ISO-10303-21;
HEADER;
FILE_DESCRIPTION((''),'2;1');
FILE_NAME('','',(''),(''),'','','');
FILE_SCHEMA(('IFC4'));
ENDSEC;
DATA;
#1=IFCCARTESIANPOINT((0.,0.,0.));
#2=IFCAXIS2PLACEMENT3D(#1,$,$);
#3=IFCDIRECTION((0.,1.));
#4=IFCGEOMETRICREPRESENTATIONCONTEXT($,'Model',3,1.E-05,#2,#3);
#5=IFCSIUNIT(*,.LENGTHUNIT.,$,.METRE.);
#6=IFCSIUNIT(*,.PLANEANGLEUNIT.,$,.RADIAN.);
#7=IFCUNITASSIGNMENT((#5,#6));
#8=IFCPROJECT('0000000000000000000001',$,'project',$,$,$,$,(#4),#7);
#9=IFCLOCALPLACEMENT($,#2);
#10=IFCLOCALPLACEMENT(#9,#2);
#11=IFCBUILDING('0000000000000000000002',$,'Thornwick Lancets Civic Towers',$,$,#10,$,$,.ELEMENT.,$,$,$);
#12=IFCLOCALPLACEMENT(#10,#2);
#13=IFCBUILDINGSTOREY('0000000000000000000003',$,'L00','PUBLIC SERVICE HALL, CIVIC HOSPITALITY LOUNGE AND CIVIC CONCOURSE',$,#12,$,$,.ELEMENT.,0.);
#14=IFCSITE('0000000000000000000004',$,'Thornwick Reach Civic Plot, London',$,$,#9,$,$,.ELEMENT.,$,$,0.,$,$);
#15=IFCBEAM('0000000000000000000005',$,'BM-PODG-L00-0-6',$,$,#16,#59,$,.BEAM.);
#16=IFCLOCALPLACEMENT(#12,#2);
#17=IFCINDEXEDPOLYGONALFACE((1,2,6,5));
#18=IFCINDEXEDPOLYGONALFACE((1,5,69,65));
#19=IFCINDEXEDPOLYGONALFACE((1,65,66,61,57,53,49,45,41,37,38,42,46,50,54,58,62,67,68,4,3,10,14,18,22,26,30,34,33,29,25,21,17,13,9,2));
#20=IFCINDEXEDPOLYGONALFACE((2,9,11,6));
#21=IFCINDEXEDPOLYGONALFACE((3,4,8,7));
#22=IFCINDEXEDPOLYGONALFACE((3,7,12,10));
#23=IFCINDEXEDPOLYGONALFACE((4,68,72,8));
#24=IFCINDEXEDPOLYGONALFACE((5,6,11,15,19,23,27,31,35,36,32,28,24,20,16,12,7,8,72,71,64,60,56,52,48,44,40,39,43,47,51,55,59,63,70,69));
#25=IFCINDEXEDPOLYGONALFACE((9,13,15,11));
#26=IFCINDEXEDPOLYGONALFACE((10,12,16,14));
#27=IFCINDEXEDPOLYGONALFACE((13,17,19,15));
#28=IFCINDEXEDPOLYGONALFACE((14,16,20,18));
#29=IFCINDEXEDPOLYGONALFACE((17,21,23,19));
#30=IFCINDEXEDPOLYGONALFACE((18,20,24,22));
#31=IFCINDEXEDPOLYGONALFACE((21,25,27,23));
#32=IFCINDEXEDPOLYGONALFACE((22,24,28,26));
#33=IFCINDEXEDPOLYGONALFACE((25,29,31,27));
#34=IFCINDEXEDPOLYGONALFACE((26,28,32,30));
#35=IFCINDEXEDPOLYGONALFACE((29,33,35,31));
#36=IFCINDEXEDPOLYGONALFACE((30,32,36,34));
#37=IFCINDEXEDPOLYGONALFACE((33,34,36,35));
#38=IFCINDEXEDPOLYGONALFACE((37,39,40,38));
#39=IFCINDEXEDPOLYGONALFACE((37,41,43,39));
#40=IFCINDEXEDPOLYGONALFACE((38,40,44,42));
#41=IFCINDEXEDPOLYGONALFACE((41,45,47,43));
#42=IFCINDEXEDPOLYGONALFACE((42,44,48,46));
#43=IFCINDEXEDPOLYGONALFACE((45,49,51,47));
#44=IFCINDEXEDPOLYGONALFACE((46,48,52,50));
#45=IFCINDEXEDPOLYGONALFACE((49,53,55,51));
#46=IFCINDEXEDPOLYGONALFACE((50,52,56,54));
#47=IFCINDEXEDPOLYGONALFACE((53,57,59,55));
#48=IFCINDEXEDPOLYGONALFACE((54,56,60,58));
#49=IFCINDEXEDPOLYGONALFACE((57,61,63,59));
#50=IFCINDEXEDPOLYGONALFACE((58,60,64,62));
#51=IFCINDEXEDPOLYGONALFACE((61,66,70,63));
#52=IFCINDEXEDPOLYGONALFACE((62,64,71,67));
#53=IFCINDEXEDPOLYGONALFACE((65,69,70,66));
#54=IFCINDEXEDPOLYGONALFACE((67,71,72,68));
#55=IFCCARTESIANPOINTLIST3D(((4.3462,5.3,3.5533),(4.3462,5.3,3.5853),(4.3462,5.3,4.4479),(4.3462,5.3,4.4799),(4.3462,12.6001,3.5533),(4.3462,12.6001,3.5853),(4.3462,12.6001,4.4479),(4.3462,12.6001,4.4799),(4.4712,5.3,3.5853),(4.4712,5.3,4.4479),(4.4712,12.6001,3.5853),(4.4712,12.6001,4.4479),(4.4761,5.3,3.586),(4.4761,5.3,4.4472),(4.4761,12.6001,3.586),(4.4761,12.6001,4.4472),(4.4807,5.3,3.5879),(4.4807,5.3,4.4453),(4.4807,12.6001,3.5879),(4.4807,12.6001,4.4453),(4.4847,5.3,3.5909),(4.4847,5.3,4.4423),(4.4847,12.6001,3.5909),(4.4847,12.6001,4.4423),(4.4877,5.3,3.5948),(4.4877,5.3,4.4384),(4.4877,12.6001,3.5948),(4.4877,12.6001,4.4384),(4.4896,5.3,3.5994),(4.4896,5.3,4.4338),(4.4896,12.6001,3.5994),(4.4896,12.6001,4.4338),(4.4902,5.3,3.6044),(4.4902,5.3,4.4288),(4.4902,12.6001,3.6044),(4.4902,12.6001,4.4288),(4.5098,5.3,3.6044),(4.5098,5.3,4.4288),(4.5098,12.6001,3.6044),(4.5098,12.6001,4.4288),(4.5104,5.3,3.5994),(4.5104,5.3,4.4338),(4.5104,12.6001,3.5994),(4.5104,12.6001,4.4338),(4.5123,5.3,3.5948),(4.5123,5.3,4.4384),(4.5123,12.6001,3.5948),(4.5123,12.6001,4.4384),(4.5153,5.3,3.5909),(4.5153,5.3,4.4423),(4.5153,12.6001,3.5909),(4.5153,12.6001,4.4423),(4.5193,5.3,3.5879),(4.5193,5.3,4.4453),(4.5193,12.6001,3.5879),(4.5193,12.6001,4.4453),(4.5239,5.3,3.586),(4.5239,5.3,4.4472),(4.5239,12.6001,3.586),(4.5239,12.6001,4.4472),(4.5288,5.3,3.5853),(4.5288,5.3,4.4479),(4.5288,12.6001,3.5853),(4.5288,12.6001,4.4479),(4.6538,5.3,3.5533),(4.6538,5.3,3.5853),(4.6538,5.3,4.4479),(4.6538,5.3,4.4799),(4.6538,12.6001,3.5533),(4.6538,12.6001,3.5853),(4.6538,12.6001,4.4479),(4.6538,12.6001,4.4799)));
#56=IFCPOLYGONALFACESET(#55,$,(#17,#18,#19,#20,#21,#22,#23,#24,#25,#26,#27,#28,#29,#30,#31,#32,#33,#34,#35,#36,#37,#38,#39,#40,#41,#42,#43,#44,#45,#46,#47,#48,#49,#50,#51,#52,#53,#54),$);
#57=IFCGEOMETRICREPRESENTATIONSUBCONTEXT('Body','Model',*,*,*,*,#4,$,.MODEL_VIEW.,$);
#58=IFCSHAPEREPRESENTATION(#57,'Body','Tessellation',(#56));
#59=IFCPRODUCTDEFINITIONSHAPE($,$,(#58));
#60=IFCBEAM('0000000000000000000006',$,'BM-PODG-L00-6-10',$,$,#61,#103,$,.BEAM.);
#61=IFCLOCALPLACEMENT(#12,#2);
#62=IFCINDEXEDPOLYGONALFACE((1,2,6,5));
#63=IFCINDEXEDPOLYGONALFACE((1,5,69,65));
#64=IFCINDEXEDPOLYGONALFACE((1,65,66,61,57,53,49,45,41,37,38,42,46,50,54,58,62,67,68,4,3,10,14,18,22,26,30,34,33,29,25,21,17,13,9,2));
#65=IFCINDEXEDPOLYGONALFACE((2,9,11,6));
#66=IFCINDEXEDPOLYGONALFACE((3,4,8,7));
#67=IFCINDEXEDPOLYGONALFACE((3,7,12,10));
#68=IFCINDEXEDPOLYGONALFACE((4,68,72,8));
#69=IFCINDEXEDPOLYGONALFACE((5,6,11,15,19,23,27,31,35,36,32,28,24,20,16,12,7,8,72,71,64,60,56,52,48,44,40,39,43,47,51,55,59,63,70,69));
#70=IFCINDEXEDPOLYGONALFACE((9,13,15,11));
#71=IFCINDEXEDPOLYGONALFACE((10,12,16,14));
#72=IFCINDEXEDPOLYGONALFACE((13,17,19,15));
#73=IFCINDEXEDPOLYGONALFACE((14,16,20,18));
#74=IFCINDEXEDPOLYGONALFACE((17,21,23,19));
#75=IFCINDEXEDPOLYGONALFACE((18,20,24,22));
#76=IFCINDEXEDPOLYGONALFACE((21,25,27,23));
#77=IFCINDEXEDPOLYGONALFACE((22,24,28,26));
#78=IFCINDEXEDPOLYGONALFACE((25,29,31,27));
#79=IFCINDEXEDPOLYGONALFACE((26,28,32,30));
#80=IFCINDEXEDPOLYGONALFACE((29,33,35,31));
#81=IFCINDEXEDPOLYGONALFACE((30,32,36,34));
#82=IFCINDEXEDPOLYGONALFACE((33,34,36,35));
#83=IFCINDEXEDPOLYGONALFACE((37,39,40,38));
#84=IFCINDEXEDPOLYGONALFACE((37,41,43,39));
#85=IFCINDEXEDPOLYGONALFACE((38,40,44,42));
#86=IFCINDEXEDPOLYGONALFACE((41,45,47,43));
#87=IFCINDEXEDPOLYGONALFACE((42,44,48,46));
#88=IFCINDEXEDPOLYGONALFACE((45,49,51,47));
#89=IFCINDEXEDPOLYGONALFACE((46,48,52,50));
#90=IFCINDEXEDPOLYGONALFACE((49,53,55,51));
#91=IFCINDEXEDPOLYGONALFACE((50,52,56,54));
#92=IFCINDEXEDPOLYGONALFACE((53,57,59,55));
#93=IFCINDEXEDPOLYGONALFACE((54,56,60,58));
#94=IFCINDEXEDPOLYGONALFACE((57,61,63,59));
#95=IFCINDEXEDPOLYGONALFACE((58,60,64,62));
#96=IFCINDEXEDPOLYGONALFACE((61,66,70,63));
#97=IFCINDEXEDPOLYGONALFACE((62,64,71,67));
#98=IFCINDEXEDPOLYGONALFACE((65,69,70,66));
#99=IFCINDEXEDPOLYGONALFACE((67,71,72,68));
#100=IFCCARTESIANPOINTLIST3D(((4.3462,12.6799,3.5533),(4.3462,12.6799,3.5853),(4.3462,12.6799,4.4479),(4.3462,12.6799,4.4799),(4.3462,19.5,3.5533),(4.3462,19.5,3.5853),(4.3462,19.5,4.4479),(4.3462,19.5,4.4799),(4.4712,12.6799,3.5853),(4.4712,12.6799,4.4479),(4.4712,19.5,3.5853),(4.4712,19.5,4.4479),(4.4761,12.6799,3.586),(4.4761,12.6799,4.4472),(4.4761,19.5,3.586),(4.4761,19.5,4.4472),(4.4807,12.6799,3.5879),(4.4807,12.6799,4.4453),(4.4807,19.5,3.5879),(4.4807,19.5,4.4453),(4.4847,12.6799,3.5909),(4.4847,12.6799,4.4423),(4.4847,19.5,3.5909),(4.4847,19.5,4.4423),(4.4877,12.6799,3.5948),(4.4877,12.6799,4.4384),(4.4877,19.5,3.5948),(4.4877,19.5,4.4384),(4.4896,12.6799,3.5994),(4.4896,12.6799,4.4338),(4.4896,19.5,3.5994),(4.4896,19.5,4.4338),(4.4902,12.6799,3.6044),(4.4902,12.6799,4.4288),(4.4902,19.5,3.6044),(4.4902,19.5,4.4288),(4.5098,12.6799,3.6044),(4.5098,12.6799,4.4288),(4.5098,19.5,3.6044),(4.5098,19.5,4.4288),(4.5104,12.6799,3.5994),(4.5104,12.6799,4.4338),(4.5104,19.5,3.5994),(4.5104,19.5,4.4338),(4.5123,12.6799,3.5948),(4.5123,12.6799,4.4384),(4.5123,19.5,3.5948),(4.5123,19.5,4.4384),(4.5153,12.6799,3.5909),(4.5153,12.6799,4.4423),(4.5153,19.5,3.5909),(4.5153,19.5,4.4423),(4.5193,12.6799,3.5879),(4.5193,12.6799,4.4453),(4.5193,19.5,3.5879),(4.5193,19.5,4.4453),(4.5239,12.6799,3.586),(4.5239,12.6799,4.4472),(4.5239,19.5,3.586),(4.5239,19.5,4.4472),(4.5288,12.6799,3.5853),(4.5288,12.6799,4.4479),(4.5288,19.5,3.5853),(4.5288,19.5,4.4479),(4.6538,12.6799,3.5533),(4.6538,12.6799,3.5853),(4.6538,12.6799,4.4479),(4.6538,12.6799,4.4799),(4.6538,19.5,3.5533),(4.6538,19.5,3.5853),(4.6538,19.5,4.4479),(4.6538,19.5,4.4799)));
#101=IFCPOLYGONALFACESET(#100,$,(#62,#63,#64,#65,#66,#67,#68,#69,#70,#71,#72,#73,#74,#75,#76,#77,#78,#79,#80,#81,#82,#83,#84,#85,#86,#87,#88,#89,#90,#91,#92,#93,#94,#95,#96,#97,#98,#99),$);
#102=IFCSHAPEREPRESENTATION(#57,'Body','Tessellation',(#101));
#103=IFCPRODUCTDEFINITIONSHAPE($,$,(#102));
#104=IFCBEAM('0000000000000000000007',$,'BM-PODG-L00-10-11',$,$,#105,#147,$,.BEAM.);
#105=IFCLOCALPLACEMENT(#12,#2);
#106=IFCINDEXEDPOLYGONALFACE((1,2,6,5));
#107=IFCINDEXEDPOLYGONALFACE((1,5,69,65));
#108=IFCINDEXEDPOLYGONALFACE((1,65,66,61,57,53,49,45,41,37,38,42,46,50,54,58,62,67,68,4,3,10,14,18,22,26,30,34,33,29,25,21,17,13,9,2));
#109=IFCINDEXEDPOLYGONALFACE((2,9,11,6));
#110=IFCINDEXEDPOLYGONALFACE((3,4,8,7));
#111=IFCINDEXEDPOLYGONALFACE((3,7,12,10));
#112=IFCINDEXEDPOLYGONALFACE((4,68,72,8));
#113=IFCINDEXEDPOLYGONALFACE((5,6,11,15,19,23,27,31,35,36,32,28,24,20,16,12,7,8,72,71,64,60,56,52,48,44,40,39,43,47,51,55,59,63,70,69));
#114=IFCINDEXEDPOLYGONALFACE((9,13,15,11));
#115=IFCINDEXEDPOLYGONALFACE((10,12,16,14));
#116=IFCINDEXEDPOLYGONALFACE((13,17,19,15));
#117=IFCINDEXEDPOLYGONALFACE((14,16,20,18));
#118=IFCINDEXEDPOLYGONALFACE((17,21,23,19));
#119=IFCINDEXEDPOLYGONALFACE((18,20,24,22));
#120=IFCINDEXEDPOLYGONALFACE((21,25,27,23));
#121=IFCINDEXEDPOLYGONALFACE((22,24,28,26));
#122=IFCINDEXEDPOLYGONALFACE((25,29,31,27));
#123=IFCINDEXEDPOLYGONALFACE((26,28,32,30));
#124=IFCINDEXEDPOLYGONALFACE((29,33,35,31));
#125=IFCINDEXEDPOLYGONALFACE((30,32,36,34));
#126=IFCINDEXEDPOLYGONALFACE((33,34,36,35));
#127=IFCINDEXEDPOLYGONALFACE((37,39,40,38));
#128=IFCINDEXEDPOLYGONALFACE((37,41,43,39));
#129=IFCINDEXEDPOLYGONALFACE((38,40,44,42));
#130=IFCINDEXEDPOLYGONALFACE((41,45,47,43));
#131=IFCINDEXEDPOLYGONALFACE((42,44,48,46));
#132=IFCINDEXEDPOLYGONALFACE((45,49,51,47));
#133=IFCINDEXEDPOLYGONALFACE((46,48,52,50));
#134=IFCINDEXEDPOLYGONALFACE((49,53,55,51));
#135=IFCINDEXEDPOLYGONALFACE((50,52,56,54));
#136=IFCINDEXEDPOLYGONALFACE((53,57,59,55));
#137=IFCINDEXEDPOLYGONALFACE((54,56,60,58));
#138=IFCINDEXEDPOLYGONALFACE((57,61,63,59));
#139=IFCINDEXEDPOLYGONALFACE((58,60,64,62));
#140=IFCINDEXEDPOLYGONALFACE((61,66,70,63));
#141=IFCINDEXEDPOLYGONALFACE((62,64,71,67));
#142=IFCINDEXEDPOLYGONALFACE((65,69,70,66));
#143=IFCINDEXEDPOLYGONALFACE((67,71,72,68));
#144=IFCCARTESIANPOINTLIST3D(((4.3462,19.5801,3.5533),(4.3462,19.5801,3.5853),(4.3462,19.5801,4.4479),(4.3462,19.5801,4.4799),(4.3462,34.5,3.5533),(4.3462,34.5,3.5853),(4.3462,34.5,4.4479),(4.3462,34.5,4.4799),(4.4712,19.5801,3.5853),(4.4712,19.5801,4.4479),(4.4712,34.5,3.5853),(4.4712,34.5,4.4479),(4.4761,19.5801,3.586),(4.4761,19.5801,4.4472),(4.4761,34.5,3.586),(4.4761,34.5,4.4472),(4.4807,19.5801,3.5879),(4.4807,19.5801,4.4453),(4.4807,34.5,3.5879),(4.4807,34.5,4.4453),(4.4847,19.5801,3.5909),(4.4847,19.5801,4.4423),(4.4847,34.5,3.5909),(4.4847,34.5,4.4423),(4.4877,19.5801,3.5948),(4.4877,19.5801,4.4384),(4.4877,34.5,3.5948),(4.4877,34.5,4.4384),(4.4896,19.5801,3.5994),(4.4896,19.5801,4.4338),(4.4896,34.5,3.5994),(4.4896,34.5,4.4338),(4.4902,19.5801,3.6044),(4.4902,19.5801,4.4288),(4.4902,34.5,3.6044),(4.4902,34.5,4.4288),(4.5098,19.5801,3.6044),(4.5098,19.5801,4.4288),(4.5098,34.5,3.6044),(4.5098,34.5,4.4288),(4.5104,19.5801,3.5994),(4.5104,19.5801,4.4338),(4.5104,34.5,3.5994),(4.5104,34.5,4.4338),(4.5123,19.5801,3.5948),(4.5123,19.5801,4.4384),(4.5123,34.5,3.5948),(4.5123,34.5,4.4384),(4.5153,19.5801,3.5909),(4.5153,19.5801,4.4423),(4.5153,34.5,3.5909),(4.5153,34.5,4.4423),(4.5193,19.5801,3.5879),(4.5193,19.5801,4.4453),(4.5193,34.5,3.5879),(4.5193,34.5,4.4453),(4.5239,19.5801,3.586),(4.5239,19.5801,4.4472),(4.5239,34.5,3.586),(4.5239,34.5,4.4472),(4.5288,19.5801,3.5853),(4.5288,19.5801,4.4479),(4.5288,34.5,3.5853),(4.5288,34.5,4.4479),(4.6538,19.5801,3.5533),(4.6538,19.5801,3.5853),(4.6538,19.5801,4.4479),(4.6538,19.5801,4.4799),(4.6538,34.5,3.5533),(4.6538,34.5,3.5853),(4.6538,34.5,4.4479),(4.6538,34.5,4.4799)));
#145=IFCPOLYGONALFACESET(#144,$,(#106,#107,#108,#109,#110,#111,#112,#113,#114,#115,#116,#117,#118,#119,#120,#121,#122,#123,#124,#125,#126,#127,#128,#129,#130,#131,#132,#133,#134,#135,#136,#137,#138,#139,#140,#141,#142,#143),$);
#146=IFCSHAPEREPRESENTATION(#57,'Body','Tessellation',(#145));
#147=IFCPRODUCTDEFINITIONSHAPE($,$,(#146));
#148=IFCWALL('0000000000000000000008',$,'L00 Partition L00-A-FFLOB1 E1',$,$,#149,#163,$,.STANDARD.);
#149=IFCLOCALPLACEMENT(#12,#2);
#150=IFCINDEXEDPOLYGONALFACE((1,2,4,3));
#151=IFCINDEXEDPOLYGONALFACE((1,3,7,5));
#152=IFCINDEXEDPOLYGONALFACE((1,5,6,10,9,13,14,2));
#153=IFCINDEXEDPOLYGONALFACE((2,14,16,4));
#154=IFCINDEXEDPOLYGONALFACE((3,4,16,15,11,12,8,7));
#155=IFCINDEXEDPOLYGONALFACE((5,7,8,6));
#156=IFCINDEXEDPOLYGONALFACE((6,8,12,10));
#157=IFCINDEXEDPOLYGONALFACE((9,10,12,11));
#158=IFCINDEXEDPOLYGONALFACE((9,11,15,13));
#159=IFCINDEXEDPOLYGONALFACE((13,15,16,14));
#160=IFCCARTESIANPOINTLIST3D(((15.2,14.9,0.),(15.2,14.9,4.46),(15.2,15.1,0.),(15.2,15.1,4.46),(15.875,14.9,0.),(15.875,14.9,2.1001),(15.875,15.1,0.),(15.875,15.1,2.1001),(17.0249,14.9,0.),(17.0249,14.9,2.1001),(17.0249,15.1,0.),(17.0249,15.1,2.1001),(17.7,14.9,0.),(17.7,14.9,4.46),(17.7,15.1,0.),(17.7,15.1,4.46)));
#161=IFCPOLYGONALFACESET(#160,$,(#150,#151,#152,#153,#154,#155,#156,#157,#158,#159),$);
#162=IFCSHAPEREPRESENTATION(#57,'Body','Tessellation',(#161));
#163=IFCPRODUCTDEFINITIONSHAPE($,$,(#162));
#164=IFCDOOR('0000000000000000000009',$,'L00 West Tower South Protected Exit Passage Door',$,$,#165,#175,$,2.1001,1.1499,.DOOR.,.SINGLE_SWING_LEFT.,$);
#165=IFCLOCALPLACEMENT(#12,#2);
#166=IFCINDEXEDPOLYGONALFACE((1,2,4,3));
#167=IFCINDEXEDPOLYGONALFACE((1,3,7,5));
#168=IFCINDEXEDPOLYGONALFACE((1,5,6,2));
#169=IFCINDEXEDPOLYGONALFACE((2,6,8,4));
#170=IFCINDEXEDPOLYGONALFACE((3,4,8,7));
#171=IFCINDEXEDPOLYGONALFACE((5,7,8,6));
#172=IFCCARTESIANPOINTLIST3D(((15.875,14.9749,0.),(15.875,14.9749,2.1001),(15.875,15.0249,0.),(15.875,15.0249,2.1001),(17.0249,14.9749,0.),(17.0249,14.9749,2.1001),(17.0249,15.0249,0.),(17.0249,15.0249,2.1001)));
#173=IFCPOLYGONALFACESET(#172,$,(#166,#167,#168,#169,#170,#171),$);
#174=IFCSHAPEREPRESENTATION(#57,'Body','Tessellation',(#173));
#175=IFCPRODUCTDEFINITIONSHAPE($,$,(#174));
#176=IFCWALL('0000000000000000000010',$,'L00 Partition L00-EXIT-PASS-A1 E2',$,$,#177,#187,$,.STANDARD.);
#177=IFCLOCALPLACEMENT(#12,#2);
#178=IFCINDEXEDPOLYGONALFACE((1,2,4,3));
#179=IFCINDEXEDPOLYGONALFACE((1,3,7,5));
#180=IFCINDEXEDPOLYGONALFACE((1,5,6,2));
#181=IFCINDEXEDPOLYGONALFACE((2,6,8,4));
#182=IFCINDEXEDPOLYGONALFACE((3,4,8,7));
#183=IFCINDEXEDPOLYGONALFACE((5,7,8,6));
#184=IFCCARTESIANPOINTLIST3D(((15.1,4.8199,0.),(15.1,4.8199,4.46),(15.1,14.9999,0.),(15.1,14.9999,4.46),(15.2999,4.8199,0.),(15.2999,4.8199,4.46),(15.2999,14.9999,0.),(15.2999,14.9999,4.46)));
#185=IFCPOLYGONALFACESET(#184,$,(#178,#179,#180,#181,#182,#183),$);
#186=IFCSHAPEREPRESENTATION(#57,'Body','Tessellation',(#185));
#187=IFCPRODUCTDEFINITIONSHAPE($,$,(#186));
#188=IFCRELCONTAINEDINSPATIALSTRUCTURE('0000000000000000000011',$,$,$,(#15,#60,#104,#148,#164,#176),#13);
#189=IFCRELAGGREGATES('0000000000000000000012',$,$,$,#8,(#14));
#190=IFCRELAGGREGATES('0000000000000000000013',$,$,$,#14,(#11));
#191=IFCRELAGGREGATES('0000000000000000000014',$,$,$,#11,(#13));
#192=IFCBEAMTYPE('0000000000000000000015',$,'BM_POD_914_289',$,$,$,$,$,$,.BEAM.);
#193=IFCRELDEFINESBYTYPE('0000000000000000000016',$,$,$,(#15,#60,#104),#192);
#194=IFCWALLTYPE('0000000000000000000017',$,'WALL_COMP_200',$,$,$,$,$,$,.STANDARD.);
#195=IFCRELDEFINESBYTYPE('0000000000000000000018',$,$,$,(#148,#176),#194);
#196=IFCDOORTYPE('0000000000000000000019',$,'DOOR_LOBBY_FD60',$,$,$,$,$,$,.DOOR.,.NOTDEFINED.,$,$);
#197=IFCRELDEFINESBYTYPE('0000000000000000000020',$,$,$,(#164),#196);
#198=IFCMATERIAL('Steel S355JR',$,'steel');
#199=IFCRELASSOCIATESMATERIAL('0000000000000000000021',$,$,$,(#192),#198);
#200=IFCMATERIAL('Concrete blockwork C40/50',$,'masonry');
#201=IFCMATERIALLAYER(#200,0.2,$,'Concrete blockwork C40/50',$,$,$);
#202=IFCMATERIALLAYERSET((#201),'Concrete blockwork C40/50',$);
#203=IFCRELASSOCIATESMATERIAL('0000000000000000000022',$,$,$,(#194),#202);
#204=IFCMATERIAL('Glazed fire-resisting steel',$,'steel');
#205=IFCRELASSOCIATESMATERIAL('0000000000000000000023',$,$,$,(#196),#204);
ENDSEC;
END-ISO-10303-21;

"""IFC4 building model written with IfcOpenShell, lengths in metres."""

from ifc_helpers import new_model, si_unit, direction, frame, frame_2d, origin, origin_2d, place, context, subcontext, project, spatial, rectangle, i_section, extrude, material, layer, layer_set, material_profile, profile_set, type_object, element, fill, save


model = new_model("IFC4")

# Units and contexts
model_context = context("Model", 3, precision=1e-05, world=origin(), true_north=direction((0.0, 1.0)))
body_context = subcontext(model_context, "Body", "Model", "MODEL_VIEW")
ifc_project = project(units=[si_unit("LENGTHUNIT", "METRE"), si_unit("PLANEANGLEUNIT", "RADIAN")], contexts=[model_context])

# Site, building, storey
site_placement = place(None, origin())
site = spatial("IfcSite", under=ifc_project, at=site_placement, Name="Thornwick Reach Civic Plot, London", CompositionType="ELEMENT", RefElevation=0.0)
building_placement = place(site_placement, origin())
building = spatial("IfcBuilding", under=site, at=building_placement, Name="Thornwick Lancets Civic Towers", CompositionType="ELEMENT")
storey_placement = place(building_placement, origin())
storey = spatial("IfcBuildingStorey", under=building, at=storey_placement, Name="L00", Description="PUBLIC SERVICE HALL, CIVIC HOSPITALITY LOUNGE AND CIVIC CONCOURSE", CompositionType="ELEMENT", Elevation=0.0)

# Beams
ifc_material_1 = material(Name="Steel S355JR", Category="steel")
ifc_material_profile_1 = material_profile(ifc_material_1, i_section(OverallWidth=0.3076, OverallDepth=0.9265, WebThickness=0.0195, FlangeThickness=0.032, FilletRadius=0.019, at=origin_2d()), Name="UKB 914x305x289")
ifc_profile_set_1 = profile_set([ifc_material_profile_1], Name="Steel S355JR")
beam_type = type_object("IfcBeamType", Name="BM_POD_914_289", PredefinedType="BEAM", material=ifc_profile_set_1)
beam_1_placement = place(storey_placement, frame((4.5, 5.3, 4.0166), z_axis=(0.0, 1.0, 0.0), x_axis=(-1.0, 0.0, 0.0)))
element("IfcBeam", 1, at=beam_1_placement, inside=storey, type_object=beam_type, Name="BM-PODG-L00-0-6", PredefinedType="BEAM", context=body_context, shape_type="SweptSolid", body=[
    extrude(i_section(OverallWidth=0.3076, OverallDepth=0.9265, WebThickness=0.0195, FlangeThickness=0.032, FilletRadius=0.019, at=origin_2d()), origin(), (0.0, 0.0, 1.0), 7.3),
])
beam_2_placement = place(storey_placement, frame((4.5, 12.6799, 4.0166), z_axis=(0.0, 1.0, 0.0), x_axis=(-1.0, 0.0, 0.0)))
element("IfcBeam", 2, at=beam_2_placement, inside=storey, type_object=beam_type, Name="BM-PODG-L00-6-10", PredefinedType="BEAM", context=body_context, shape_type="SweptSolid", body=[
    extrude(i_section(OverallWidth=0.3076, OverallDepth=0.9265, WebThickness=0.0195, FlangeThickness=0.032, FilletRadius=0.019, at=origin_2d()), origin(), (0.0, 0.0, 1.0), 6.8201),
])
beam_3_placement = place(storey_placement, frame((4.5, 19.5801, 4.0166), z_axis=(0.0, 1.0, 0.0), x_axis=(-1.0, 0.0, 0.0)))
element("IfcBeam", 3, at=beam_3_placement, inside=storey, type_object=beam_type, Name="BM-PODG-L00-10-11", PredefinedType="BEAM", context=body_context, shape_type="SweptSolid", body=[
    extrude(i_section(OverallWidth=0.3076, OverallDepth=0.9265, WebThickness=0.0195, FlangeThickness=0.032, FilletRadius=0.019, at=origin_2d()), origin(), (0.0, 0.0, 1.0), 14.9199),
])

# Wall, opening, door
ifc_material_2 = material(Name="Concrete blockwork C40/50", Category="masonry")
ifc_layer_1 = layer(ifc_material_2, 0.2, Name="Concrete blockwork C40/50")
ifc_layer_set_1 = layer_set([ifc_layer_1], Name="Concrete blockwork C40/50")
wall_type_1 = type_object("IfcWallType", Name="WALL_COMP_200", PredefinedType="STANDARD", material=ifc_layer_set_1)
wall_1_placement = place(storey_placement, frame((15.2, 15.0, 0.0), z_axis=(0.0, 0.0, 1.0), x_axis=(1.0, 0.0, 0.0)))
wall_1 = element("IfcWall", 4, at=wall_1_placement, inside=storey, type_object=wall_type_1, Name="L00 Partition L00-A-FFLOB1 E1", PredefinedType="STANDARD", context=body_context, shape_type="SweptSolid", body=[
    extrude(rectangle(XDim=2.5, YDim=0.2, at=frame_2d((1.25, 0.0))), origin(), (0.0, 0.0, 1.0), 4.46),
])
opening_1_placement = place(wall_1_placement, frame((0.675, 0.0, 0.0)))
opening_1 = element("IfcOpeningElement", 5, at=opening_1_placement, cuts=wall_1, PredefinedType="OPENING", context=body_context, shape_type="SweptSolid", body=[
    extrude(rectangle(XDim=1.1499, YDim=2.1001, at=frame_2d((0.575, 1.05))), frame((0.0, 0.1099, 0.0), z_axis=(0.0, -1.0, 0.0), x_axis=(1.0, 0.0, 0.0)), (0.0, 0.0, 1.0), 0.22),
])
ifc_material_3 = material(Name="Glazed fire-resisting steel", Category="steel")
door_type_1 = type_object("IfcDoorType", Name="DOOR_LOBBY_FD60", OperationType="NOTDEFINED", PredefinedType="DOOR", material=ifc_material_3)
door_1_placement = place(opening_1_placement, origin())
door_1 = element("IfcDoor", 6, at=door_1_placement, inside=storey, type_object=door_type_1, Name="L00 West Tower South Protected Exit Passage Door", OperationType="SINGLE_SWING_LEFT", OverallHeight=2.1001, OverallWidth=1.1499, PredefinedType="DOOR", context=body_context, shape_type="SweptSolid", body=[
    extrude(rectangle(XDim=1.1499, YDim=2.1001, at=frame_2d((0.575, 1.05))), frame((0.0, 0.0249, 0.0), z_axis=(0.0, -1.0, 0.0), x_axis=(1.0, 0.0, 0.0)), (0.0, 0.0, 1.0), 0.05),
])
fill(opening_1, door_1)

# Wall
wall_2_placement = place(storey_placement, frame((15.2, 4.8201, 0.0), z_axis=(0.0, 0.0, 1.0), x_axis=(0.0, 1.0, 0.0)))
element("IfcWall", 7, at=wall_2_placement, inside=storey, type_object=wall_type_1, Name="L00 Partition L00-EXIT-PASS-A1 E2", PredefinedType="STANDARD", context=body_context, shape_type="SweptSolid", body=[
    extrude(rectangle(XDim=10.1799, YDim=0.2, at=frame_2d((5.0898, 0.0))), origin(), (0.0, 0.0, 1.0), 4.46),
])

save(model, "model.ifc")
